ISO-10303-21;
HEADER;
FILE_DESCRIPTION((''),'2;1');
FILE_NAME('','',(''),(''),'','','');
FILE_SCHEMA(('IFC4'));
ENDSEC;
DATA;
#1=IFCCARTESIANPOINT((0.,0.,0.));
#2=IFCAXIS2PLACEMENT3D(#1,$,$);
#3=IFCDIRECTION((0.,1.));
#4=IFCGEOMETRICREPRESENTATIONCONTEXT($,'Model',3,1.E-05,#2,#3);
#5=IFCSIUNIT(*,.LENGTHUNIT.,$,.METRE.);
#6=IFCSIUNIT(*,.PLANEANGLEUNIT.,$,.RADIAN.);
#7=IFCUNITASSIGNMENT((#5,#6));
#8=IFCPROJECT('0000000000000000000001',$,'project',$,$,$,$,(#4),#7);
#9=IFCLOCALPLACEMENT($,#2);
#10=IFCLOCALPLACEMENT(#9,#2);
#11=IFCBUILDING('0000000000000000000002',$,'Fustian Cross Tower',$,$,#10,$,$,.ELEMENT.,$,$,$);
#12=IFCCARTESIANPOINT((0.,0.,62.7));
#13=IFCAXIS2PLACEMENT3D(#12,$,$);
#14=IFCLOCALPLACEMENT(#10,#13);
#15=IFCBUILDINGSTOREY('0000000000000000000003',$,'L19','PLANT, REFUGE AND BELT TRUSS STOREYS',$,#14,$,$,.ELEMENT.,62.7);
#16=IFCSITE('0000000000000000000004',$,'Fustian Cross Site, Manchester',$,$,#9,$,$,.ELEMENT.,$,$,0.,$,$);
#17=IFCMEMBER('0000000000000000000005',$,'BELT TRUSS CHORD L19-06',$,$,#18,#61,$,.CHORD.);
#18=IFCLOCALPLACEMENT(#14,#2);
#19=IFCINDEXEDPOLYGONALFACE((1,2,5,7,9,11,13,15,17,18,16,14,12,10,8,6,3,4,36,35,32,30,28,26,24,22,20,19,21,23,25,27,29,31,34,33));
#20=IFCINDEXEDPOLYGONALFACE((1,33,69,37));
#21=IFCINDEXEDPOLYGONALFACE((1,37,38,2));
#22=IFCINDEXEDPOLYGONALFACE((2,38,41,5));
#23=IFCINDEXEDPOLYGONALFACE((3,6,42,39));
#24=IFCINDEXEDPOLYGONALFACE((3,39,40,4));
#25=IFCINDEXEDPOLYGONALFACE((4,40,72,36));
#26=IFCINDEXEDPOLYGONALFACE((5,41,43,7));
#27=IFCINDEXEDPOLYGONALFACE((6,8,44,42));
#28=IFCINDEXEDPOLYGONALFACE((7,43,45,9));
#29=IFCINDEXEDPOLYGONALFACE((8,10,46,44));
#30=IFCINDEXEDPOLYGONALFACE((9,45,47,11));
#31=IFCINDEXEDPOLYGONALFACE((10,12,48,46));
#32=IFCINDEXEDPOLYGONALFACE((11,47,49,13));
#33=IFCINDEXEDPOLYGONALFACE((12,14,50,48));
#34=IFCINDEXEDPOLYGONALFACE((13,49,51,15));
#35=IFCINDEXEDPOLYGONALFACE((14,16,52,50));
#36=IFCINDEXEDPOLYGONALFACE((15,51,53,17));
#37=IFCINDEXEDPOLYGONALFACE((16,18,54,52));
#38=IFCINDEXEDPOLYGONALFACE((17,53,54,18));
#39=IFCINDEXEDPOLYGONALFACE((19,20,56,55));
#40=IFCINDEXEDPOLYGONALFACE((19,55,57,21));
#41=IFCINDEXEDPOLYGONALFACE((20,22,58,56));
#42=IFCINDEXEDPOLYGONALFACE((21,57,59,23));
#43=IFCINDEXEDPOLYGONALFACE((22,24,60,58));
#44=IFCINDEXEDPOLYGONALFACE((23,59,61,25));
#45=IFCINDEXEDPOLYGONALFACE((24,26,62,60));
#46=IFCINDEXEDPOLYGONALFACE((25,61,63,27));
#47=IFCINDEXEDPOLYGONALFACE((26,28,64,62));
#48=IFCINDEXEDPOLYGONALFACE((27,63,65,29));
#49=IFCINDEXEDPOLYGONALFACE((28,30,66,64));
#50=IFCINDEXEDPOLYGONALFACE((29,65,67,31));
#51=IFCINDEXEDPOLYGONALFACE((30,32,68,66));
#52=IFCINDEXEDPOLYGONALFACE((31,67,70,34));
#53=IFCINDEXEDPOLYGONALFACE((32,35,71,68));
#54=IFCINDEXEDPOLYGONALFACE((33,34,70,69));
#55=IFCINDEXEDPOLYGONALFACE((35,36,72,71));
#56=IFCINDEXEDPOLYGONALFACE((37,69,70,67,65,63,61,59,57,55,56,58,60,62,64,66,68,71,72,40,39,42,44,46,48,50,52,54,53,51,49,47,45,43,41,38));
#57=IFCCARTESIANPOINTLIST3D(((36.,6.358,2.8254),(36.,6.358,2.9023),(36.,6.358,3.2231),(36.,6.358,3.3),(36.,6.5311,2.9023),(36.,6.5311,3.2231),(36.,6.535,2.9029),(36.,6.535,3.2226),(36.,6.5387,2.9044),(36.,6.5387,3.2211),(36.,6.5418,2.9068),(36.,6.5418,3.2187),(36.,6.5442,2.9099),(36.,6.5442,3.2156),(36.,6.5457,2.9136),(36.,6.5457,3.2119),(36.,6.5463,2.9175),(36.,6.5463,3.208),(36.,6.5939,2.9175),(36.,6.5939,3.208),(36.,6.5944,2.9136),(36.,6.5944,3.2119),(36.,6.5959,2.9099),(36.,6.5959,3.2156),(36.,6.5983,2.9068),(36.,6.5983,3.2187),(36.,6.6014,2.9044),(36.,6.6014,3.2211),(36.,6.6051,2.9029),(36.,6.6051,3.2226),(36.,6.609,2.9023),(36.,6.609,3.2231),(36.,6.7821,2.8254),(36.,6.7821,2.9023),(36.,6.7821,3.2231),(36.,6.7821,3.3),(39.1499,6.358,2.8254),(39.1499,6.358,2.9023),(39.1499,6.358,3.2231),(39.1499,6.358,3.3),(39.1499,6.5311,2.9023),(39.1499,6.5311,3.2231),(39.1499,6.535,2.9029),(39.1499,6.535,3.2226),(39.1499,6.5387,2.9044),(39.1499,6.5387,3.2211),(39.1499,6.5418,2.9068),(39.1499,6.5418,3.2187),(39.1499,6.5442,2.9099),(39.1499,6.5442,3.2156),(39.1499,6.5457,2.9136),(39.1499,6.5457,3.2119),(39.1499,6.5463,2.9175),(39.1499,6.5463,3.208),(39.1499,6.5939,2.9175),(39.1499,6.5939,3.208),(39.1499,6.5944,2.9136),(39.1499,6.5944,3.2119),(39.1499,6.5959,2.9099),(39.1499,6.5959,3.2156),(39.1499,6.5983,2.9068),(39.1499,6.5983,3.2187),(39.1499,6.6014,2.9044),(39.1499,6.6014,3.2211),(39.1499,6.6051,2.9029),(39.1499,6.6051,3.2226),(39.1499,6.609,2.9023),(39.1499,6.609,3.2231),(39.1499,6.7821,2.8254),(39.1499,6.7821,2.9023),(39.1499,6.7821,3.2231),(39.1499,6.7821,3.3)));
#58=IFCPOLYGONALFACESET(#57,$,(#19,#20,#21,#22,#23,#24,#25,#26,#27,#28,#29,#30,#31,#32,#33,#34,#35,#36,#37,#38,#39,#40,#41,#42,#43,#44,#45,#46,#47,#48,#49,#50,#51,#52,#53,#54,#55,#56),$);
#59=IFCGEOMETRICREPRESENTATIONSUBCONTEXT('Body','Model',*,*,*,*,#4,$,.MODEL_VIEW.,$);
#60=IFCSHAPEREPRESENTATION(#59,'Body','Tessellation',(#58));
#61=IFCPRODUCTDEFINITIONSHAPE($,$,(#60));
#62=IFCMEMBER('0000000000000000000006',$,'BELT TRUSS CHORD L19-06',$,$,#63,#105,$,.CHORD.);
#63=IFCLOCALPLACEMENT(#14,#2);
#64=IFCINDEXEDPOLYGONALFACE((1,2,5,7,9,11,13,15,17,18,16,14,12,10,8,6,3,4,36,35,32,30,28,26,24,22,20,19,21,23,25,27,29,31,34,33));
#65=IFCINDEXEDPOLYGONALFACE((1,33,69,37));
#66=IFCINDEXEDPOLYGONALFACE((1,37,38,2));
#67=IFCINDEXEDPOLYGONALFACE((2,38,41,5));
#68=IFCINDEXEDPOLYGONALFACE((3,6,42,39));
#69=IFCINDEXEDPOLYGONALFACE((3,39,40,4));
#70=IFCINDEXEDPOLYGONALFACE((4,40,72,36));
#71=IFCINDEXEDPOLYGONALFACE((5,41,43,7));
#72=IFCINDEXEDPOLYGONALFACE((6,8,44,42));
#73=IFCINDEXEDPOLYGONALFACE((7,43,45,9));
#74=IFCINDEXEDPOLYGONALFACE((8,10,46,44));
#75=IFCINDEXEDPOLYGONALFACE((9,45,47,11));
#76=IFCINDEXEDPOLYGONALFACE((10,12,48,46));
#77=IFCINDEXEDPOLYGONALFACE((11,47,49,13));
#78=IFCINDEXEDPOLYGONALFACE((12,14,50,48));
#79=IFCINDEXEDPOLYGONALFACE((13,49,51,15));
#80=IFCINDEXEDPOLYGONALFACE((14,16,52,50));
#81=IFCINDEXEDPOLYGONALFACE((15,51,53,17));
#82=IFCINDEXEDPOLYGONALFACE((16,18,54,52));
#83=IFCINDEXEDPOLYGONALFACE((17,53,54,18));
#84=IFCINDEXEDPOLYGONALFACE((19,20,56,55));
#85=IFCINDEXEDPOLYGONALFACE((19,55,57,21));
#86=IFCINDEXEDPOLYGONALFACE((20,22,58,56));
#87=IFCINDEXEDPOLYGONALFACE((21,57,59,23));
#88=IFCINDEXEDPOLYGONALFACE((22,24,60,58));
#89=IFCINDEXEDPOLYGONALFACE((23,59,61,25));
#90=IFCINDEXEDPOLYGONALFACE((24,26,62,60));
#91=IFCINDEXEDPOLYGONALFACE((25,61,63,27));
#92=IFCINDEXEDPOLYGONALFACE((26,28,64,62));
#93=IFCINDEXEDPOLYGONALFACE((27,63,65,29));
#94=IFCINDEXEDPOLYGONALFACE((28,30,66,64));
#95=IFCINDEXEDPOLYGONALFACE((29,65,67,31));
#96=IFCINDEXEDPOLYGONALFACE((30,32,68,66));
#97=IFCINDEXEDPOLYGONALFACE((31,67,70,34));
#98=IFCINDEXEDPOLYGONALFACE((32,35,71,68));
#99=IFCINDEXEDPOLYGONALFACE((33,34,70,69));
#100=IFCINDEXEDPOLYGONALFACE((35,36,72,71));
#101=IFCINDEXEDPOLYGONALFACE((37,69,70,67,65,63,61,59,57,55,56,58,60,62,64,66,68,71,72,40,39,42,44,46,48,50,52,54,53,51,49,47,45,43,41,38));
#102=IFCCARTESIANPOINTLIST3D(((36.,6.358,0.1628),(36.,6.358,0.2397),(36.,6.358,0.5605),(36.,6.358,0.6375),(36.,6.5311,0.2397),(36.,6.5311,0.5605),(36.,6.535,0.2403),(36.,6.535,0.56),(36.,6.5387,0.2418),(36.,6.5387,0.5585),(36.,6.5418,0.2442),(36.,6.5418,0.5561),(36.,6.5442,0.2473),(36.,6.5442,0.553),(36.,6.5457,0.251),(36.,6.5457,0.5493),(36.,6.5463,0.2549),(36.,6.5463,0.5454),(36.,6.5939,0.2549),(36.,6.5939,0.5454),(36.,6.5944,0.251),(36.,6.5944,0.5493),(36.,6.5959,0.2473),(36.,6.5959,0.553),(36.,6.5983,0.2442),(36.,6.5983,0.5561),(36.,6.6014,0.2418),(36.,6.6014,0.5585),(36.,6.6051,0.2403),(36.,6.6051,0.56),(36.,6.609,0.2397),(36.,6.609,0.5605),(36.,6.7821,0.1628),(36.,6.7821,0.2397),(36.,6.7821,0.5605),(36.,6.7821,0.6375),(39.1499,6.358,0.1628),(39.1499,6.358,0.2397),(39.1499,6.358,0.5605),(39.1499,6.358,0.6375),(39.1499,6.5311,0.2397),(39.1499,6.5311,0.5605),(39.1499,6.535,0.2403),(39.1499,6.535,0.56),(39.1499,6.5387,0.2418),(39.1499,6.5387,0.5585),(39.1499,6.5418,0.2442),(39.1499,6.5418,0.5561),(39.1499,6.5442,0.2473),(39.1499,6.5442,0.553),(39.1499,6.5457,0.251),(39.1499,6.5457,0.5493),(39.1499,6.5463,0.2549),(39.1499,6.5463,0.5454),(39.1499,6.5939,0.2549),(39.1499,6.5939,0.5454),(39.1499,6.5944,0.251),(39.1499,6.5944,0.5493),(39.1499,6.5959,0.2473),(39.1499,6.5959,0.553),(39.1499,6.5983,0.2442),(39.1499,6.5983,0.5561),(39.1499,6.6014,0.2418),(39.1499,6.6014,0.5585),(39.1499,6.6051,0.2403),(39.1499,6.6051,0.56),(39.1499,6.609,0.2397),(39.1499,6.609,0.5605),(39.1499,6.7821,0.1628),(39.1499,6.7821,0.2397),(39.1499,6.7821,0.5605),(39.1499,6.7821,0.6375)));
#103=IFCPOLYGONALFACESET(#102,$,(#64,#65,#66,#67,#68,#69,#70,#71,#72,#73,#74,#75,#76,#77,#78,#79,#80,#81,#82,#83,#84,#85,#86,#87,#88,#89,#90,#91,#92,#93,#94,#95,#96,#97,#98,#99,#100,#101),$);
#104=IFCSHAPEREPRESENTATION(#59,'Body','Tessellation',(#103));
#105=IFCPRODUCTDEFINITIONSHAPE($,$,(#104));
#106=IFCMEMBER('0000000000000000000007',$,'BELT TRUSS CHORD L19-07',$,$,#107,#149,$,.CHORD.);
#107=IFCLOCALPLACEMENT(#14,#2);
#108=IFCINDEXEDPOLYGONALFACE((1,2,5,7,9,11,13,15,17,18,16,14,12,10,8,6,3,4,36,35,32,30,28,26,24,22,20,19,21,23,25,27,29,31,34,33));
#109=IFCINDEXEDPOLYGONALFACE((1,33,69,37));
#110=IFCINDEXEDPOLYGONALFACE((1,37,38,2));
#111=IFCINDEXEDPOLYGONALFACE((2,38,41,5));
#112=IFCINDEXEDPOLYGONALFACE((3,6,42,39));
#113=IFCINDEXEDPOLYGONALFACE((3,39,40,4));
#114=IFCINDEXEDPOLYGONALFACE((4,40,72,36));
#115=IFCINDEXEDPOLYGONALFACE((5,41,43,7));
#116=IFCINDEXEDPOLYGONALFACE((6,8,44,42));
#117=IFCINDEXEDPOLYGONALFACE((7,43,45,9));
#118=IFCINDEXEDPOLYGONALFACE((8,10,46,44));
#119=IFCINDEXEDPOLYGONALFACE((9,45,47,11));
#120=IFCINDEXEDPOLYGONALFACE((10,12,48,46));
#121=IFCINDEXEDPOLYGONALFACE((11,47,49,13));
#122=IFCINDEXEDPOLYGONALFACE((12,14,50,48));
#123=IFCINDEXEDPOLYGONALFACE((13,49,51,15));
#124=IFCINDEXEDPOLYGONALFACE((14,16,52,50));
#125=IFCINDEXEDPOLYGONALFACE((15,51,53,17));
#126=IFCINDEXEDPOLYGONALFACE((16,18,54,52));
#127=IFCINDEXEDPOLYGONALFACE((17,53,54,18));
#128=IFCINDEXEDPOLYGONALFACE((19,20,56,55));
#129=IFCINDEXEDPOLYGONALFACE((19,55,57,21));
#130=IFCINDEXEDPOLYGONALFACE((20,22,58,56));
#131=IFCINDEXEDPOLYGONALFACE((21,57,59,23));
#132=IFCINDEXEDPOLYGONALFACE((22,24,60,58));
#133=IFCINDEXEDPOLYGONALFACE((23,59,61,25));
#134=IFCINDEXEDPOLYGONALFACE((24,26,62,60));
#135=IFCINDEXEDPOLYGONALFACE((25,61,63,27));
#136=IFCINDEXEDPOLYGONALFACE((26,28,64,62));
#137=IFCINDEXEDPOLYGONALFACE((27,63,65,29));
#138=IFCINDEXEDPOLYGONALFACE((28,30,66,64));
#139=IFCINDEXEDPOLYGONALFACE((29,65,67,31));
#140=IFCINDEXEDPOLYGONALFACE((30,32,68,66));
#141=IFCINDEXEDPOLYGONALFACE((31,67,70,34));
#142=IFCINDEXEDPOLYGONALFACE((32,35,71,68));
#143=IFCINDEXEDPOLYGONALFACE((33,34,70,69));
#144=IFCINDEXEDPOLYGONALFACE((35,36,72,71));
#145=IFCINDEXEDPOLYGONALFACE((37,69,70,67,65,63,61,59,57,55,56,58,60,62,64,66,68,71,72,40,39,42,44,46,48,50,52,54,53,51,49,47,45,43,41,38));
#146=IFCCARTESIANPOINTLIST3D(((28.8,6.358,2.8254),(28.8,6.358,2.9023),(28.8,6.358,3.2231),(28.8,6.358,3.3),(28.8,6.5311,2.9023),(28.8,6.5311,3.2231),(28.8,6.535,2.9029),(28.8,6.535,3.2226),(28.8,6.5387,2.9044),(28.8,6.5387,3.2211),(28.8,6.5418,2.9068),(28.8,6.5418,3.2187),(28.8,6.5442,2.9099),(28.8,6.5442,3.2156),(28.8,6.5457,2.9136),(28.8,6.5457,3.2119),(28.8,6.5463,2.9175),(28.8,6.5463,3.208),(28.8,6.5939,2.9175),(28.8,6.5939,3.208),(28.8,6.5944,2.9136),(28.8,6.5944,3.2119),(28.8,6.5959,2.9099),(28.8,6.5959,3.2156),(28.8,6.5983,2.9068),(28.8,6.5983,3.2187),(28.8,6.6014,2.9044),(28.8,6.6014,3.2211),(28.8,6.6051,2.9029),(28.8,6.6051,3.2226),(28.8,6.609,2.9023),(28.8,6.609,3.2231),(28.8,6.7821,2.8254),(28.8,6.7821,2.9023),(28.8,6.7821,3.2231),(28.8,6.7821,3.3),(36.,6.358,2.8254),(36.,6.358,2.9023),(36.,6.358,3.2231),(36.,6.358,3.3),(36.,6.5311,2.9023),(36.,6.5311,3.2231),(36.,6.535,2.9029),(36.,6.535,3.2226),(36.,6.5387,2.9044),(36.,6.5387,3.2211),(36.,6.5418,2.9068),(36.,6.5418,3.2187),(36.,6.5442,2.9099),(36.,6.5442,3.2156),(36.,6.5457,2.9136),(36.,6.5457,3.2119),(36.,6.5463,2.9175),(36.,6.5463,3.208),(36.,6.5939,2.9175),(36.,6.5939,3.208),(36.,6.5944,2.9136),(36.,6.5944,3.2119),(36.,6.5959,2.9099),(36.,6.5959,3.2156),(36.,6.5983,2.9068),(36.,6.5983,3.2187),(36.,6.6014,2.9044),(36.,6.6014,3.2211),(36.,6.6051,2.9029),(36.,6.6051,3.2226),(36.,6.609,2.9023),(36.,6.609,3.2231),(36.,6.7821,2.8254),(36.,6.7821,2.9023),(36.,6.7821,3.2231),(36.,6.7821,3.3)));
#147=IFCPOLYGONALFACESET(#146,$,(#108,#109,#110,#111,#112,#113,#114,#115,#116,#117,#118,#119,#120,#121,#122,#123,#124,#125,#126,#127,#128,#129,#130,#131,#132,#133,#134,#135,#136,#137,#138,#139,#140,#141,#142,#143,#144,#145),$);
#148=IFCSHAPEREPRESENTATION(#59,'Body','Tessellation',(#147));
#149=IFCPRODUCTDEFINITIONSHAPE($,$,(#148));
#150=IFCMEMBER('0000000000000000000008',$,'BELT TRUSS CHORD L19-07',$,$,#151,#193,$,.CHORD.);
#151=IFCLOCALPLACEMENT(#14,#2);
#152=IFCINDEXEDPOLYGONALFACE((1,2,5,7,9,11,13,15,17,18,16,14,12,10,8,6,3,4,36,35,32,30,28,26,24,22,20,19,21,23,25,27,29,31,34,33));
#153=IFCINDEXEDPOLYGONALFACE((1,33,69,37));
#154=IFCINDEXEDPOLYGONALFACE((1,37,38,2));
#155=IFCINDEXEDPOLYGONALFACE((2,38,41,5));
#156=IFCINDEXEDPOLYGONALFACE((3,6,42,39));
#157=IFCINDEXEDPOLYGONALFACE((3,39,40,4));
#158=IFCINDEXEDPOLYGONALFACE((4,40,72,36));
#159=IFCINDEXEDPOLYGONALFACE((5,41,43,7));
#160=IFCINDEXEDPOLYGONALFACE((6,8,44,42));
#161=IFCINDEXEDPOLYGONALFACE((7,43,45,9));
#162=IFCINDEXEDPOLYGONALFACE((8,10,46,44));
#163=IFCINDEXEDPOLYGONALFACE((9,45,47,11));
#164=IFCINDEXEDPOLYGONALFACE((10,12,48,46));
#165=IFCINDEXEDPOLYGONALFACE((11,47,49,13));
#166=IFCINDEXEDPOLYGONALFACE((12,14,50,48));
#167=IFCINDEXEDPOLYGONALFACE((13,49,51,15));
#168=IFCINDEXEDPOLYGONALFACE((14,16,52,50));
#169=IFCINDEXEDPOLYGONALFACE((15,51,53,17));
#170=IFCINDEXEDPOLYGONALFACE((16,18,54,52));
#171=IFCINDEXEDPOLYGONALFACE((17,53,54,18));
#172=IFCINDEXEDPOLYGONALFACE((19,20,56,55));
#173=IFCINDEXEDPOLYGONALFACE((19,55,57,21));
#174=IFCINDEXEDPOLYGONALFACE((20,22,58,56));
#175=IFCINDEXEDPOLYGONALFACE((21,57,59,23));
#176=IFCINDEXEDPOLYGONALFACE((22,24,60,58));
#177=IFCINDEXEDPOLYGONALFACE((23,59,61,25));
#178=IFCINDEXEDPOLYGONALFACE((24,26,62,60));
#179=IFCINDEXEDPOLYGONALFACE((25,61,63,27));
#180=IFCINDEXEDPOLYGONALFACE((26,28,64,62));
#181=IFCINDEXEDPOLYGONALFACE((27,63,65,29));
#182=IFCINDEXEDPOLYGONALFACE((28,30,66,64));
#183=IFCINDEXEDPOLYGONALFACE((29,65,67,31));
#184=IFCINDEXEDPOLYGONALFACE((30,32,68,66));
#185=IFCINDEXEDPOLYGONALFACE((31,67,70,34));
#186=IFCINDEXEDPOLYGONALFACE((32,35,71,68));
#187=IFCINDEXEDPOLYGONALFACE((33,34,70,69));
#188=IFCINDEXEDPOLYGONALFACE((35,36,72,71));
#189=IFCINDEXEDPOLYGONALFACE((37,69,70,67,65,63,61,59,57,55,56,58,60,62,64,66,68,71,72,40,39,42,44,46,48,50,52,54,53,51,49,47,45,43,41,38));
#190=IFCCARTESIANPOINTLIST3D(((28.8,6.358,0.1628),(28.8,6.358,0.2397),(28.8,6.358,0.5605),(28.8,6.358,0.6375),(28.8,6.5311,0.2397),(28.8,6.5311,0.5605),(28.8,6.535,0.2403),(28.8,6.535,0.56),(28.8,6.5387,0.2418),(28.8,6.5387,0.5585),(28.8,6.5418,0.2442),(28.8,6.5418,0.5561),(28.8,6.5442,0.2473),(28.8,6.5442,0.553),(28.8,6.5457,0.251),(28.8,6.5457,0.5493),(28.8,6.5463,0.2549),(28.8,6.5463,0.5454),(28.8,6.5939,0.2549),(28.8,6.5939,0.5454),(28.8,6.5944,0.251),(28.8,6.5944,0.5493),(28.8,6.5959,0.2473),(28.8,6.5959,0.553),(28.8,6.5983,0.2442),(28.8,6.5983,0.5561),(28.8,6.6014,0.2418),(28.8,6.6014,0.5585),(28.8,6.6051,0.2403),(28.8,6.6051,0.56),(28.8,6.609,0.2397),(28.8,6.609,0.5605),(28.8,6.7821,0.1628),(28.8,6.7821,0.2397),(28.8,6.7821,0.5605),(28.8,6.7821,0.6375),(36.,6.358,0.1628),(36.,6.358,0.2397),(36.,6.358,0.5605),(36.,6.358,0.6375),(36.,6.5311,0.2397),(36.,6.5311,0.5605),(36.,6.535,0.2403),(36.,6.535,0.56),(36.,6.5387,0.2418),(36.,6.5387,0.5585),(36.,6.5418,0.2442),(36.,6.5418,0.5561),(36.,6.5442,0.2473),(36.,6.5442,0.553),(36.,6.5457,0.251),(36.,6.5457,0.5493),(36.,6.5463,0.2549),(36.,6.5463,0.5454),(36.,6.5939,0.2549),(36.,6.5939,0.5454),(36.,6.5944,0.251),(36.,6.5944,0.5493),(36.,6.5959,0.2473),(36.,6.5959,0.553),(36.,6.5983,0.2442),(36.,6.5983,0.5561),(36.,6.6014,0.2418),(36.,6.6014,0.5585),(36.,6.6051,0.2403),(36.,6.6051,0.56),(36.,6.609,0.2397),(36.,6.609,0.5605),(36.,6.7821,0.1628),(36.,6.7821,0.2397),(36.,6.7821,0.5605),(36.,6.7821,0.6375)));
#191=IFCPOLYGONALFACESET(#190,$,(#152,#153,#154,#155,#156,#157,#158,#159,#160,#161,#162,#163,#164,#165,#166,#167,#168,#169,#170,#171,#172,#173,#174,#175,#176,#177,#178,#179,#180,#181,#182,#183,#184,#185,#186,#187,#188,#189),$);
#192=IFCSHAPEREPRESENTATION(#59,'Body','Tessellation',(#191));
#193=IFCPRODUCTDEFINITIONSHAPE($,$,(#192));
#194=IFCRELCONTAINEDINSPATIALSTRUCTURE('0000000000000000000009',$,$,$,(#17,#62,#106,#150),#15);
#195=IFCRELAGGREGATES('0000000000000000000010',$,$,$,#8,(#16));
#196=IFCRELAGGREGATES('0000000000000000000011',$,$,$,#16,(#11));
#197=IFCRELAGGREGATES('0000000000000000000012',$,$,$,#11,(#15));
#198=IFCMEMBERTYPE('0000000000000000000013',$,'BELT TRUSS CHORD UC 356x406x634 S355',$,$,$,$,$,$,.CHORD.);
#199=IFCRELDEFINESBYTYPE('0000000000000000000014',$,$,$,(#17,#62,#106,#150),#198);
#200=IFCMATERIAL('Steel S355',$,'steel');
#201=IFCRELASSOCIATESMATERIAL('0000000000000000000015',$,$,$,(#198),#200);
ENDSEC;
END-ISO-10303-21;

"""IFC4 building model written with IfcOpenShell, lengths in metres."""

from ifc_helpers import new_model, si_unit, direction, frame, origin, origin_2d, place, context, subcontext, project, spatial, i_section, extrude, material, material_profile, profile_set, type_object, element, save


model = new_model("IFC4")

# Units and contexts
model_context = context("Model", 3, precision=1e-05, world=origin(), true_north=direction((0.0, 1.0)))
body_context = subcontext(model_context, "Body", "Model", "MODEL_VIEW")
ifc_project = project(units=[si_unit("LENGTHUNIT", "METRE"), si_unit("PLANEANGLEUNIT", "RADIAN")], contexts=[model_context])

# Site, building, storey
site_placement = place(None, origin())
site = spatial("IfcSite", under=ifc_project, at=site_placement, Name="Fustian Cross Site, Manchester", CompositionType="ELEMENT", RefElevation=0.0)
building_placement = place(site_placement, origin())
building = spatial("IfcBuilding", under=site, at=building_placement, Name="Fustian Cross Tower", CompositionType="ELEMENT")
storey_placement = place(building_placement, frame((0.0, 0.0, 62.7)))
storey = spatial("IfcBuildingStorey", under=building, at=storey_placement, Name="L19", Description="PLANT, REFUGE AND BELT TRUSS STOREYS", CompositionType="ELEMENT", Elevation=62.7)

# Members
ifc_material_1 = material(Name="Steel S355", Category="steel")
ifc_material_profile_1 = material_profile(ifc_material_1, i_section(OverallWidth=0.4241, OverallDepth=0.4746, WebThickness=0.0476, FlangeThickness=0.0769, FilletRadius=0.0151, at=origin_2d()), Name="UC 356x406x634")
ifc_profile_set_1 = profile_set([ifc_material_profile_1], Name="Steel S355")
member_type_1 = type_object("IfcMemberType", Name="BELT TRUSS CHORD UC 356x406x634 S355", PredefinedType="CHORD", material=ifc_profile_set_1)
for number, where, z_axis, x_axis, name in (
    (1, (39.1499, 6.5701, 3.0627), (-1.0, 0.0, 0.0), (0.0, -1.0, 0.0), "BELT TRUSS CHORD L19-06"),
    (2, (39.1499, 6.5701, 0.4001), (-1.0, 0.0, 0.0), (0.0, -1.0, 0.0), "BELT TRUSS CHORD L19-06"),
):
    element("IfcMember", number, at=place(storey_placement, frame(where, z_axis=z_axis, x_axis=x_axis)), inside=storey, type_object=member_type_1, Name=name, PredefinedType="CHORD", context=body_context, shape_type="SweptSolid", body=[
        extrude(i_section(OverallWidth=0.4241, OverallDepth=0.4746, WebThickness=0.0476, FlangeThickness=0.0769, FilletRadius=0.0151, at=origin_2d()), origin(), (0.0, 0.0, 1.0), 3.1499),
    ])
for number, where, z_axis, x_axis, name in (
    (3, (36.0, 6.5701, 3.0627), (-1.0, 0.0, 0.0), (0.0, -1.0, 0.0), "BELT TRUSS CHORD L19-07"),
    (4, (36.0, 6.5701, 0.4001), (-1.0, 0.0, 0.0), (0.0, -1.0, 0.0), "BELT TRUSS CHORD L19-07"),
):
    element("IfcMember", number, at=place(storey_placement, frame(where, z_axis=z_axis, x_axis=x_axis)), inside=storey, type_object=member_type_1, Name=name, PredefinedType="CHORD", context=body_context, shape_type="SweptSolid", body=[
        extrude(i_section(OverallWidth=0.4241, OverallDepth=0.4746, WebThickness=0.0476, FlangeThickness=0.0769, FilletRadius=0.0151, at=origin_2d()), origin(), (0.0, 0.0, 1.0), 7.2),
    ])

save(model, "model.ifc")
